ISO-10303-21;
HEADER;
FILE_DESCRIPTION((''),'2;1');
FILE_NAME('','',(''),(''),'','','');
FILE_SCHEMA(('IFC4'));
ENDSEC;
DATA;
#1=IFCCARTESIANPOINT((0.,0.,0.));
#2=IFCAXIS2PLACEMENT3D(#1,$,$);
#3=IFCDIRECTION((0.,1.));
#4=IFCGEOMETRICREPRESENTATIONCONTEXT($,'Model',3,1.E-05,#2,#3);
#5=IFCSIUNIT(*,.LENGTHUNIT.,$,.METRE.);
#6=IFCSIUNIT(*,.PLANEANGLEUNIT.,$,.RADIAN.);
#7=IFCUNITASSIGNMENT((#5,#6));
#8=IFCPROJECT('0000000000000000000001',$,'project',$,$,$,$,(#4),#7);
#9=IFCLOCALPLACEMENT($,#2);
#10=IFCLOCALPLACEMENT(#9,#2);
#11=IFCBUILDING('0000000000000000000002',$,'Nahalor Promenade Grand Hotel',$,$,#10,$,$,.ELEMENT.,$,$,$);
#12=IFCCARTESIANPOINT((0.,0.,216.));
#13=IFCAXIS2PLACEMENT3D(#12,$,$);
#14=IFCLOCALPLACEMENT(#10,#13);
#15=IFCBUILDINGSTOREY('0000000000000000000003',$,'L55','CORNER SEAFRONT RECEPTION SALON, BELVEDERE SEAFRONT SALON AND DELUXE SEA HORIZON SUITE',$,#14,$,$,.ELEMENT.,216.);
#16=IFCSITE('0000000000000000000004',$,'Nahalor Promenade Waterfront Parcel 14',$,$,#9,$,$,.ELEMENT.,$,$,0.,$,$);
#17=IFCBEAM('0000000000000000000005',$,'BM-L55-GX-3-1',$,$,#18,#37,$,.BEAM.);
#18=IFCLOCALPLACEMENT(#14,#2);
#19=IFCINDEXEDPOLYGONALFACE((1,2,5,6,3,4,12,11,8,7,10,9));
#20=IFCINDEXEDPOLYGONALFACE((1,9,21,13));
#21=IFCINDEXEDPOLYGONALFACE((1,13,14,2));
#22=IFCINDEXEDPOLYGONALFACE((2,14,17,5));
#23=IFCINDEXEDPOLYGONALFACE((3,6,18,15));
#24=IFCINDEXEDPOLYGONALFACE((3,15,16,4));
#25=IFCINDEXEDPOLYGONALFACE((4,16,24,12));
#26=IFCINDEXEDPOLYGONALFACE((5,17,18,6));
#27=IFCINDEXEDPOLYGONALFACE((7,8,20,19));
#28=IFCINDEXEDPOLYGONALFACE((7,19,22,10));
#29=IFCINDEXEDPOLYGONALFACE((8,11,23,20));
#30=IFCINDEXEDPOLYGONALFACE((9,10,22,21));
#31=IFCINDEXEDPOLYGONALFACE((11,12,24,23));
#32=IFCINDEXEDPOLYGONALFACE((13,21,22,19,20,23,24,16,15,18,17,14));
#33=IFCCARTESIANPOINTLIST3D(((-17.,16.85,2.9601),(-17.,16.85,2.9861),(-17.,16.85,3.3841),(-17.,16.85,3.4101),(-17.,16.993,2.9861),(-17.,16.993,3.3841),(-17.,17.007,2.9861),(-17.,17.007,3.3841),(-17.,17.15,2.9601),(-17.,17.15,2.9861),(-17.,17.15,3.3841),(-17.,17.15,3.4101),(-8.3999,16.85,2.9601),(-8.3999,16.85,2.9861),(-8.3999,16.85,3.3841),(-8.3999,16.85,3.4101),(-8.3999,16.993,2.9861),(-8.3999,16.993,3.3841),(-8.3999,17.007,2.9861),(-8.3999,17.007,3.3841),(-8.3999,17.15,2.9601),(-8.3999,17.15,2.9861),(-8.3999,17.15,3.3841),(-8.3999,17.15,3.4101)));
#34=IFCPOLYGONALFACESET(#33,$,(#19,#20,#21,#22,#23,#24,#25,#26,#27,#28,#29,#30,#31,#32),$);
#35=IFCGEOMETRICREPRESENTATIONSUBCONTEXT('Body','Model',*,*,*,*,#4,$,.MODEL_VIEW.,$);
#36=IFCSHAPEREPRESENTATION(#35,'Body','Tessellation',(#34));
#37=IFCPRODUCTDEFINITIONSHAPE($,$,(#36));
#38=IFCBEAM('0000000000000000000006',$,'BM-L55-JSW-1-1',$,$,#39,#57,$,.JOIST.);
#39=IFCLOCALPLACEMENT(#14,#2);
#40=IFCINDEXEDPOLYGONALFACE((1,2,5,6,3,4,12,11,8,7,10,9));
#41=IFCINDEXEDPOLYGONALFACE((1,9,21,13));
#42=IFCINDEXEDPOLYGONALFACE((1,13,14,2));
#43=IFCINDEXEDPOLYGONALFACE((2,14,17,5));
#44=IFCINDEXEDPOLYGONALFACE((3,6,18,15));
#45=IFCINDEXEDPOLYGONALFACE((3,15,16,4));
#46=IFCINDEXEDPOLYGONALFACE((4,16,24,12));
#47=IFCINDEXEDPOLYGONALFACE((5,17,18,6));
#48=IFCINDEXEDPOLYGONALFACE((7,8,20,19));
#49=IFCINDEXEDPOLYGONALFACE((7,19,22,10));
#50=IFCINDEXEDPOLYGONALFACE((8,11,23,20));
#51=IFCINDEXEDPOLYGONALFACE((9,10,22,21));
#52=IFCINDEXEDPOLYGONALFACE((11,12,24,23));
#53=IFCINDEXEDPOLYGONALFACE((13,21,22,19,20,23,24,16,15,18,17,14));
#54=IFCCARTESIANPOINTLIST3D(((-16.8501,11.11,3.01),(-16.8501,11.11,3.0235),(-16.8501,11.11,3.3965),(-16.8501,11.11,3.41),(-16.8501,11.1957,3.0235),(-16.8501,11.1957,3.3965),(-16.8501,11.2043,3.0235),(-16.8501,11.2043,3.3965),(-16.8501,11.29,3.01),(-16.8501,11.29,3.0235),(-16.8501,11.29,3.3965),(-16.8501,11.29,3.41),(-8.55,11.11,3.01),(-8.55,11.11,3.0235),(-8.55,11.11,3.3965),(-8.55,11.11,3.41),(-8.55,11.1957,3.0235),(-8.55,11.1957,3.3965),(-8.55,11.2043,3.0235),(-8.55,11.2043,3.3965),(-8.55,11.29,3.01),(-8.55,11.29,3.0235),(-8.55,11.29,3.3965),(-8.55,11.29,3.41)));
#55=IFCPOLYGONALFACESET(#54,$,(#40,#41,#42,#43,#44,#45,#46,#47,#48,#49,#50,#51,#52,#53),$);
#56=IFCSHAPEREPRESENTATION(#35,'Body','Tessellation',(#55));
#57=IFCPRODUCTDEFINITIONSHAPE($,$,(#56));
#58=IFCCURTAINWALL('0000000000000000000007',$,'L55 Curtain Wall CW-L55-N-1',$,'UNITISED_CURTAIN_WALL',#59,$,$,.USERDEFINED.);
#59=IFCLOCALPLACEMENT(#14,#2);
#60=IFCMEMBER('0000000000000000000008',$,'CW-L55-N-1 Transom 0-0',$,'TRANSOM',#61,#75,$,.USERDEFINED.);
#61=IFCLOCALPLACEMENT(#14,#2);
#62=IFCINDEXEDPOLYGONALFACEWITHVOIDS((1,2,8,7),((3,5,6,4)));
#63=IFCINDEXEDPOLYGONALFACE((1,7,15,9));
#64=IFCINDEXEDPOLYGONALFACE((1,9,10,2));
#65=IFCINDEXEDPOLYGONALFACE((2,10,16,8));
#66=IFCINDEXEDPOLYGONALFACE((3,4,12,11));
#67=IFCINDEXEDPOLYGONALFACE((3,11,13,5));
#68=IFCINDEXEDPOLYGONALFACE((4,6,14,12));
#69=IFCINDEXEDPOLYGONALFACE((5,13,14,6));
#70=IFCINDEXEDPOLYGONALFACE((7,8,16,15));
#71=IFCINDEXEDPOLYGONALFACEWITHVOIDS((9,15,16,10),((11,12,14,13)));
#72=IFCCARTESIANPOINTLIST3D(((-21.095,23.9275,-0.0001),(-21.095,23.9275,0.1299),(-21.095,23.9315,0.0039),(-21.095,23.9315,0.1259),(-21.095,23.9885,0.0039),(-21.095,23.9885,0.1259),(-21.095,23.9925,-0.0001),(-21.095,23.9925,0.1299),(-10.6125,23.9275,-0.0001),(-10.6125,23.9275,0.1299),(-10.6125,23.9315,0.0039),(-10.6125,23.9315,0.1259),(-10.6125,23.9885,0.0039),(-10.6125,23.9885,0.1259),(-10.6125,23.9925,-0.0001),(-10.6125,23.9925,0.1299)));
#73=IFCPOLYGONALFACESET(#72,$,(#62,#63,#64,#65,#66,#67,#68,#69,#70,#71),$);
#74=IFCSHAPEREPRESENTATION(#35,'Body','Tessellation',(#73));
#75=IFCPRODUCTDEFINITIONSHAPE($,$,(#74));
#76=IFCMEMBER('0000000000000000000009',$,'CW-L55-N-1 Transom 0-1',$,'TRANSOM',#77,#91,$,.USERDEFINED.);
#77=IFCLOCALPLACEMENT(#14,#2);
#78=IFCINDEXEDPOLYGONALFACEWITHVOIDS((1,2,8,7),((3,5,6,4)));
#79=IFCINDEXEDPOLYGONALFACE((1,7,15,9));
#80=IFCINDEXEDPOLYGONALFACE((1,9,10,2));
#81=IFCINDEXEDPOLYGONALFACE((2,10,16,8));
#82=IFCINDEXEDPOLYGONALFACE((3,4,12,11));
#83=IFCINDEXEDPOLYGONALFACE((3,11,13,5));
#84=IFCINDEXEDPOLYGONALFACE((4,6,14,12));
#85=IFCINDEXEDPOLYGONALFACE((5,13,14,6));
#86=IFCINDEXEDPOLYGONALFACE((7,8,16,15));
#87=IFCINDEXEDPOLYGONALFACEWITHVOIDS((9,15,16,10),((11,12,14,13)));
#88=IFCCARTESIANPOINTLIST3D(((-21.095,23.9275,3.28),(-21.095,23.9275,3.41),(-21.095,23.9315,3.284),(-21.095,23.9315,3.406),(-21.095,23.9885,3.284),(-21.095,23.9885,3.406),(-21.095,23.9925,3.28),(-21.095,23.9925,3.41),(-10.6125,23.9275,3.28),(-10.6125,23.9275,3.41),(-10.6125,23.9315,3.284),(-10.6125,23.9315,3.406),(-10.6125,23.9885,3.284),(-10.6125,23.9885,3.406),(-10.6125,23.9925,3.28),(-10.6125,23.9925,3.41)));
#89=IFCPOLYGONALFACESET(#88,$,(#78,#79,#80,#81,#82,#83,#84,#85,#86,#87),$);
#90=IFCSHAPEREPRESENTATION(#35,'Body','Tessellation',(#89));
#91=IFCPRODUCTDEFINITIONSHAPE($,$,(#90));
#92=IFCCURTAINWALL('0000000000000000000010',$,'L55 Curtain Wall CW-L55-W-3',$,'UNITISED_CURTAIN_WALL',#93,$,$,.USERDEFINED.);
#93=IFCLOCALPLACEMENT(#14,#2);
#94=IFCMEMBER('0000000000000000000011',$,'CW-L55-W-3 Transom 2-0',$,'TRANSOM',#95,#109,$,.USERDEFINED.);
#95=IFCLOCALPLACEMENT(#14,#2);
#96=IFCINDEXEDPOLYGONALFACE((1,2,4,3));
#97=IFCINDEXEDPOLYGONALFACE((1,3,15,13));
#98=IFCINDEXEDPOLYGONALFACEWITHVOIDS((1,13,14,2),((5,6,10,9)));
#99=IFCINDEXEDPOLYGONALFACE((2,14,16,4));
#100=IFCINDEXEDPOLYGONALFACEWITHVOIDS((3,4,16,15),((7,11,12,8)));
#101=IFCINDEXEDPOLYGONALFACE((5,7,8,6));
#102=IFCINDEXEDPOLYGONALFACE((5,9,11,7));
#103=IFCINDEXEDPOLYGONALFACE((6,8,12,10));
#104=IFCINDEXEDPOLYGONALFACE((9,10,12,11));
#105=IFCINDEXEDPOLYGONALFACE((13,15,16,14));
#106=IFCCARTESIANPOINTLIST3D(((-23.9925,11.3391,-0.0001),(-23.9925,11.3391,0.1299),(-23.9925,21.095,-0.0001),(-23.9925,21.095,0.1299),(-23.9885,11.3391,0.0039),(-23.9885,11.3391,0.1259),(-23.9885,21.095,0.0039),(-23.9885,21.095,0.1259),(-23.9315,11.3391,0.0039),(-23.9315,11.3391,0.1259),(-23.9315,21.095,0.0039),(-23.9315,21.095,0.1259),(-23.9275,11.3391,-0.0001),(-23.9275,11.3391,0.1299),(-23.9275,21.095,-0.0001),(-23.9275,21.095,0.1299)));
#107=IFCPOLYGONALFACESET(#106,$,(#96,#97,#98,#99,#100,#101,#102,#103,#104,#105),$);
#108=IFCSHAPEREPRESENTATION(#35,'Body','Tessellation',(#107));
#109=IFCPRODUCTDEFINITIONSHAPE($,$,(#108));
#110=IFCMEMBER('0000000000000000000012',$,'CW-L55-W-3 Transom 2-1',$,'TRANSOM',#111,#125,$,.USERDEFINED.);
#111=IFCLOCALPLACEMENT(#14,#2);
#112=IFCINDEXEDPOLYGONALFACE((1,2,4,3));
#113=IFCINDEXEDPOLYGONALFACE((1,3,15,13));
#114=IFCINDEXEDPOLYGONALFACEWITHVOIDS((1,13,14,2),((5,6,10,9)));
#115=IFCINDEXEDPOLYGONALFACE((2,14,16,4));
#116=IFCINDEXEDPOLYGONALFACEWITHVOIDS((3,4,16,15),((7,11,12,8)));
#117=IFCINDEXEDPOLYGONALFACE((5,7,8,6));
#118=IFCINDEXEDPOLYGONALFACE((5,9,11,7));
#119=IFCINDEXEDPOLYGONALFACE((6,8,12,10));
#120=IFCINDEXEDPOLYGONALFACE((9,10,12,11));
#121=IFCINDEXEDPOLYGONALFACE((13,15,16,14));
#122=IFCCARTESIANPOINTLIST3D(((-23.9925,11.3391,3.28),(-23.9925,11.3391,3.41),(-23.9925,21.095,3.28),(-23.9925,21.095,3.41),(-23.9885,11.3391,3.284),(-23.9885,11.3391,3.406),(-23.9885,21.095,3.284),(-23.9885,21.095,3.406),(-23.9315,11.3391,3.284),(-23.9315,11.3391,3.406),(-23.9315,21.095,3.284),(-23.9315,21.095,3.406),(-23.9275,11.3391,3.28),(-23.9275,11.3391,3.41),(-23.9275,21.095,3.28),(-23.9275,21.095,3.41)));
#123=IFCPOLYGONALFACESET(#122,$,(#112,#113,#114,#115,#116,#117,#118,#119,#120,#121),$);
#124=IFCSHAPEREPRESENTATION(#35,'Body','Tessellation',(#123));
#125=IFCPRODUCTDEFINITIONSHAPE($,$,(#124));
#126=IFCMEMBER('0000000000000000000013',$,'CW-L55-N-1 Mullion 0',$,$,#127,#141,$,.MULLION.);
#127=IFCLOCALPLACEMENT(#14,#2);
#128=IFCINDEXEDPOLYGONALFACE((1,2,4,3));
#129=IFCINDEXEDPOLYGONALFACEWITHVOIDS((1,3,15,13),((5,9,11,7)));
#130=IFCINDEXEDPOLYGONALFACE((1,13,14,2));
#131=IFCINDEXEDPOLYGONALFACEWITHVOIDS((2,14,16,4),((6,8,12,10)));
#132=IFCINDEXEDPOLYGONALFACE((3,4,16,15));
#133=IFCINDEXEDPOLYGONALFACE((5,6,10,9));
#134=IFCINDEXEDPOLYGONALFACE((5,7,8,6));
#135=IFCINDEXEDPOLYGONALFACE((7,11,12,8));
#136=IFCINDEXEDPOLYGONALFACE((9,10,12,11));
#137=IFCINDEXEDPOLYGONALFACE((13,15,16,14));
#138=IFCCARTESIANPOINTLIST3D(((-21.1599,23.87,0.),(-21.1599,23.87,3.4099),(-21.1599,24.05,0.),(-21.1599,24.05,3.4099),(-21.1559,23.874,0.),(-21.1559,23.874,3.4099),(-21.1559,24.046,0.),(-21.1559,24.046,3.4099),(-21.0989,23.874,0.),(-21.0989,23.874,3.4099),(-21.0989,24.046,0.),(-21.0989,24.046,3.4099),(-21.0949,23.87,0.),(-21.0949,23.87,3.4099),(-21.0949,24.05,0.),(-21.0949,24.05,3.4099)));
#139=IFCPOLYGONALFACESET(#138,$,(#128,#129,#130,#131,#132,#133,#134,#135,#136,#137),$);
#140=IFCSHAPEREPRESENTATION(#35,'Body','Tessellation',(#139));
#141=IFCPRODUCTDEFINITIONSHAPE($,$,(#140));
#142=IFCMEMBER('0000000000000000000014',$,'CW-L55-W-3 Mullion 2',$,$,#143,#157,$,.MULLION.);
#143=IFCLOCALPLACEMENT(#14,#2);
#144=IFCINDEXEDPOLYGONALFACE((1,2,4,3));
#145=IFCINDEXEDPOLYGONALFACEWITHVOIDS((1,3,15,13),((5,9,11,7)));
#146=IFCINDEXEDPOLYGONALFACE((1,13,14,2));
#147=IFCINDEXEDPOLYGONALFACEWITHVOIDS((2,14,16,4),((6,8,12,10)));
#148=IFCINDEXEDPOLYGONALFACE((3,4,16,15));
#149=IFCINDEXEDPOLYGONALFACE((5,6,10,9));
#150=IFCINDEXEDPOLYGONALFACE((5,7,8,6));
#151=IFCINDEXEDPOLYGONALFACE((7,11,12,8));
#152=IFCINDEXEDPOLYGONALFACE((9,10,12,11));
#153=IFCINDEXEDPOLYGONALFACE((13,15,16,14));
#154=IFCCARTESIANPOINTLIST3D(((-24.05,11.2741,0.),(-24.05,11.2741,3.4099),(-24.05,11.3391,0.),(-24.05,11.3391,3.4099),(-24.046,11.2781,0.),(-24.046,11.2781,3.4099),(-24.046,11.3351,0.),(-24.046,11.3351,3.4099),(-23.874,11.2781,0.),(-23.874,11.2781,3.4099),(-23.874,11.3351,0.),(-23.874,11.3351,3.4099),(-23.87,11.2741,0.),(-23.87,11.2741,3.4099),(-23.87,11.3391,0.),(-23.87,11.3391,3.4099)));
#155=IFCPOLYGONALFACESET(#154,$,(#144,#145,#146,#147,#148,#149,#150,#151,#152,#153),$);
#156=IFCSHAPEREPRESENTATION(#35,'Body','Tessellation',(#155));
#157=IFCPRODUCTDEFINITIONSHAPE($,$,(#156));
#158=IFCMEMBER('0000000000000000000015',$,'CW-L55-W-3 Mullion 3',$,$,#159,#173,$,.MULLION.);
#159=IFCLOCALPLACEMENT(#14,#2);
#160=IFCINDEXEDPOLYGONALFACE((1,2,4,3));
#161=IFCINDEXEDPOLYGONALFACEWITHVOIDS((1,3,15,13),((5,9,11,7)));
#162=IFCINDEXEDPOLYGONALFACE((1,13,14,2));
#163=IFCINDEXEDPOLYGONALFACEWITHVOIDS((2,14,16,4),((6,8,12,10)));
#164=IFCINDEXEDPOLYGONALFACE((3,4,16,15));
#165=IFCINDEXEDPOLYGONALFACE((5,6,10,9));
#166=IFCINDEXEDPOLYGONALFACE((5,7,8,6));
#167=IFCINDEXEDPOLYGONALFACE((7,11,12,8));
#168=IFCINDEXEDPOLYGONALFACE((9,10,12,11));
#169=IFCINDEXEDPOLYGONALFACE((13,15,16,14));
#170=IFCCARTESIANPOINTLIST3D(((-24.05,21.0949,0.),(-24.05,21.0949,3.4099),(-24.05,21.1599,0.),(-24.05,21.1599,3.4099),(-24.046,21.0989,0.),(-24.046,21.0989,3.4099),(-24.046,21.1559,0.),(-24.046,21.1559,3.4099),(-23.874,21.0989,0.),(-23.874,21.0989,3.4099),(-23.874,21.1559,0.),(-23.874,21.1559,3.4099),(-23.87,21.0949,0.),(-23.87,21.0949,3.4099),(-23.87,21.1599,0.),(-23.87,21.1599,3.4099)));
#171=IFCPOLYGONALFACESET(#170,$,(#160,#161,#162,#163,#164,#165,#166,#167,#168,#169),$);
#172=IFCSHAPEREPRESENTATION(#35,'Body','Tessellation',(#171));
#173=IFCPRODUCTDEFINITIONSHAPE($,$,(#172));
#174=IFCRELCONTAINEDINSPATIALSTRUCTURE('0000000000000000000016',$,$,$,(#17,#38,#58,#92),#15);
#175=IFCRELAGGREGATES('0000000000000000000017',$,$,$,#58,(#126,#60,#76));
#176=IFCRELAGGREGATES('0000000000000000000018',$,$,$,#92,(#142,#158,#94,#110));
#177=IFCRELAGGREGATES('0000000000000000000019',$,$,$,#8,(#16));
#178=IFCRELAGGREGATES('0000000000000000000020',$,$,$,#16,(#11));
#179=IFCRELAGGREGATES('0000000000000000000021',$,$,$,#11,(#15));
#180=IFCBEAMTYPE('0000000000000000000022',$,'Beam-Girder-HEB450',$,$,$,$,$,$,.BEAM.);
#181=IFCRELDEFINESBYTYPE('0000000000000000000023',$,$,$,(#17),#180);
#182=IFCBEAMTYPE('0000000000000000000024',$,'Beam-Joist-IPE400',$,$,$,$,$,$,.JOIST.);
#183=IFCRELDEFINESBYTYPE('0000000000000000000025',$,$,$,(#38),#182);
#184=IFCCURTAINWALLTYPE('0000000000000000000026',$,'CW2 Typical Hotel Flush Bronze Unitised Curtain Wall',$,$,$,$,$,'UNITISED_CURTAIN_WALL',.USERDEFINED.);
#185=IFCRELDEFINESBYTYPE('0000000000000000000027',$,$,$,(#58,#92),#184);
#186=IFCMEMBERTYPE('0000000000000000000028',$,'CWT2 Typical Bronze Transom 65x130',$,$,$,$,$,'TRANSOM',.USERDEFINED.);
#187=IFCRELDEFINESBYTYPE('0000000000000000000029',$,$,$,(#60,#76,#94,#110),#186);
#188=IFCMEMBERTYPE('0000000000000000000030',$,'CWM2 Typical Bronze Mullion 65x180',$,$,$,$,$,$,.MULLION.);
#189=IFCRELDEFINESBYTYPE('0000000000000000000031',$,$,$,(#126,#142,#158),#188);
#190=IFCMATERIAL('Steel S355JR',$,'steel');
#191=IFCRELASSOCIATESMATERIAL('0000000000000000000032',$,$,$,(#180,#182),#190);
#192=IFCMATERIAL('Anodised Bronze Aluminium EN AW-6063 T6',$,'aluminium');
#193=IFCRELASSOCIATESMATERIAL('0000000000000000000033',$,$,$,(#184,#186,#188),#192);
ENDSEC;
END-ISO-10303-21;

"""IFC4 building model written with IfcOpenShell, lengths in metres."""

from ifc_helpers import new_model, si_unit, direction, frame, origin, origin_2d, place, context, subcontext, project, spatial, hollow_rectangle, i_section, extrude, source, transform, mapped, material, material_profile, profile_set, type_object, element, aggregate, save


model = new_model("IFC4")

# Units and contexts
model_context = context("Model", 3, precision=1e-05, world=origin(), true_north=direction((0.0, 1.0)))
body_context = subcontext(model_context, "Body", "Model", "MODEL_VIEW")
ifc_project = project(units=[si_unit("LENGTHUNIT", "METRE"), si_unit("PLANEANGLEUNIT", "RADIAN")], contexts=[model_context])

# Site, building, storey
site_placement = place(None, origin())
site = spatial("IfcSite", under=ifc_project, at=site_placement, Name="Nahalor Promenade Waterfront Parcel 14", CompositionType="ELEMENT", RefElevation=0.0)
building_placement = place(site_placement, origin())
building = spatial("IfcBuilding", under=site, at=building_placement, Name="Nahalor Promenade Grand Hotel", CompositionType="ELEMENT")
storey_placement = place(building_placement, frame((0.0, 0.0, 216.0)))
storey = spatial("IfcBuildingStorey", under=building, at=storey_placement, Name="L55", Description="CORNER SEAFRONT RECEPTION SALON, BELVEDERE SEAFRONT SALON AND DELUXE SEA HORIZON SUITE", CompositionType="ELEMENT", Elevation=216.0)

# Shared definitions
ifc_material_1 = material(Name="Steel S355JR", Category="steel")

# Beams
ifc_material_profile_1 = material_profile(ifc_material_1, i_section(OverallWidth=0.3, OverallDepth=0.45, WebThickness=0.014, FlangeThickness=0.026, at=origin_2d()), Name="HEB 450")
ifc_profile_set_1 = profile_set([ifc_material_profile_1], Name="Steel S355JR")
beam_type_1 = type_object("IfcBeamType", Name="Beam-Girder-HEB450", PredefinedType="BEAM", material=ifc_profile_set_1)
shared_shape_1 = source(origin(), body_context, "Body", "SweptSolid", [
    extrude(i_section(OverallWidth=0.3, OverallDepth=0.45, WebThickness=0.014, FlangeThickness=0.026, at=origin_2d()), origin(), (0.0, 0.0, 1.0), 8.6001),
])
beam_1_placement = place(storey_placement, frame((-17.0, 17.0, 3.1851), z_axis=(1.0, 0.0, 0.0), x_axis=(0.0, 1.0, 0.0)))
element("IfcBeam", 1, at=beam_1_placement, inside=storey, type_object=beam_type_1, Name="BM-L55-GX-3-1", PredefinedType="BEAM", context=body_context, shape_type="MappedRepresentation", body=[
    mapped(shared_shape_1, transform((0.0, 0.0, 0.0), scale=1.0)),
])
ifc_material_profile_2 = material_profile(ifc_material_1, i_section(OverallWidth=0.18, OverallDepth=0.4, WebThickness=0.0086, FlangeThickness=0.0135, at=origin_2d()), Name="IPE 400")
ifc_profile_set_2 = profile_set([ifc_material_profile_2], Name="Steel S355JR")
beam_type_2 = type_object("IfcBeamType", Name="Beam-Joist-IPE400", PredefinedType="JOIST", material=ifc_profile_set_2)
shared_shape_2 = source(origin(), body_context, "Body", "SweptSolid", [
    extrude(i_section(OverallWidth=0.18, OverallDepth=0.4, WebThickness=0.0086, FlangeThickness=0.0135, at=origin_2d()), origin(), (0.0, 0.0, 1.0), 8.3),
])
beam_2_placement = place(storey_placement, frame((-16.8501, 11.2, 3.21), z_axis=(1.0, 0.0, 0.0), x_axis=(0.0, 1.0, 0.0)))
element("IfcBeam", 2, at=beam_2_placement, inside=storey, type_object=beam_type_2, Name="BM-L55-JSW-1-1", PredefinedType="JOIST", context=body_context, shape_type="MappedRepresentation", body=[
    mapped(shared_shape_2, transform((0.0, 0.0, 0.0), scale=1.0)),
])

# Curtain walls, members
ifc_material_2 = material(Name="Anodised Bronze Aluminium EN AW-6063 T6", Category="aluminium")
curtain_wall_type = type_object("IfcCurtainWallType", Name="CW2 Typical Hotel Flush Bronze Unitised Curtain Wall", ElementType="UNITISED_CURTAIN_WALL", PredefinedType="USERDEFINED", material=ifc_material_2)
curtain_wall_1_placement = place(storey_placement, origin())
curtain_wall_1 = element("IfcCurtainWall", 3, at=curtain_wall_1_placement, inside=storey, type_object=curtain_wall_type, Name="L55 Curtain Wall CW-L55-N-1", ObjectType="UNITISED_CURTAIN_WALL", PredefinedType="USERDEFINED")
ifc_material_profile_3 = material_profile(ifc_material_2, hollow_rectangle(XDim=0.065, YDim=0.13, WallThickness=0.004, at=origin_2d()), Name="CWT 65x130x4")
ifc_profile_set_3 = profile_set([ifc_material_profile_3], Name="Anodised Bronze Aluminium EN AW-6063 T6")
member_type_1 = type_object("IfcMemberType", Name="CWT2 Typical Bronze Transom 65x130", ElementType="TRANSOM", PredefinedType="USERDEFINED", material=ifc_profile_set_3)
shared_shape_3 = source(origin(), body_context, "Body", "SweptSolid", [
    extrude(hollow_rectangle(XDim=0.065, YDim=0.13, WallThickness=0.004, at=origin_2d()), origin(), (0.0, 0.0, 1.0), 10.4824),
])
member_1_placement = place(storey_placement, frame((-21.095, 23.96, 0.0649), z_axis=(1.0, 0.0, 0.0), x_axis=(0.0, 1.0, 0.0)))
member_1 = element("IfcMember", 4, at=member_1_placement, type_object=member_type_1, Name="CW-L55-N-1 Transom 0-0", ObjectType="TRANSOM", PredefinedType="USERDEFINED", context=body_context, shape_type="MappedRepresentation", body=[
    mapped(shared_shape_3, transform((0.0, 0.0, 0.0), scale=1.0)),
])
member_2_placement = place(storey_placement, frame((-21.095, 23.96, 3.345), z_axis=(1.0, 0.0, 0.0), x_axis=(0.0, 1.0, 0.0)))
member_2 = element("IfcMember", 5, at=member_2_placement, type_object=member_type_1, Name="CW-L55-N-1 Transom 0-1", ObjectType="TRANSOM", PredefinedType="USERDEFINED", context=body_context, shape_type="MappedRepresentation", body=[
    mapped(shared_shape_3, transform((0.0, 0.0, 0.0), scale=1.0)),
])
curtain_wall_2_placement = place(storey_placement, origin())
curtain_wall_2 = element("IfcCurtainWall", 6, at=curtain_wall_2_placement, inside=storey, type_object=curtain_wall_type, Name="L55 Curtain Wall CW-L55-W-3", ObjectType="UNITISED_CURTAIN_WALL", PredefinedType="USERDEFINED")
shared_shape_4 = source(origin(), body_context, "Body", "SweptSolid", [
    extrude(hollow_rectangle(XDim=0.065, YDim=0.13, WallThickness=0.004, at=origin_2d()), origin(), (0.0, 0.0, 1.0), 9.7559),
])
member_3_placement = place(storey_placement, frame((-23.96, 11.3391, 0.0649), z_axis=(0.0, 1.0, 0.0), x_axis=(-1.0, 0.0, 0.0)))
member_3 = element("IfcMember", 7, at=member_3_placement, type_object=member_type_1, Name="CW-L55-W-3 Transom 2-0", ObjectType="TRANSOM", PredefinedType="USERDEFINED", context=body_context, shape_type="MappedRepresentation", body=[
    mapped(shared_shape_4, transform((0.0, 0.0, 0.0), scale=1.0)),
])
member_4_placement = place(storey_placement, frame((-23.96, 11.3391, 3.345), z_axis=(0.0, 1.0, 0.0), x_axis=(-1.0, 0.0, 0.0)))
member_4 = element("IfcMember", 8, at=member_4_placement, type_object=member_type_1, Name="CW-L55-W-3 Transom 2-1", ObjectType="TRANSOM", PredefinedType="USERDEFINED", context=body_context, shape_type="MappedRepresentation", body=[
    mapped(shared_shape_4, transform((0.0, 0.0, 0.0), scale=1.0)),
])

# Members
ifc_material_profile_4 = material_profile(ifc_material_2, hollow_rectangle(XDim=0.065, YDim=0.18, WallThickness=0.004, at=origin_2d()), Name="CWM 65x180x4")
ifc_profile_set_4 = profile_set([ifc_material_profile_4], Name="Anodised Bronze Aluminium EN AW-6063 T6")
member_type_2 = type_object("IfcMemberType", Name="CWM2 Typical Bronze Mullion 65x180", PredefinedType="MULLION", material=ifc_profile_set_4)
shared_shape_5 = source(origin(), body_context, "Body", "SweptSolid", [
    extrude(hollow_rectangle(XDim=0.065, YDim=0.18, WallThickness=0.004, at=origin_2d()), origin(), (0.0, 0.0, 1.0), 3.4099),
])
member_5_placement = place(storey_placement, frame((-21.1274, 23.96, 0.0), z_axis=(0.0, 0.0, 1.0), x_axis=(1.0, 0.0, 0.0)))
member_5 = element("IfcMember", 9, at=member_5_placement, type_object=member_type_2, Name="CW-L55-N-1 Mullion 0", PredefinedType="MULLION", context=body_context, shape_type="MappedRepresentation", body=[
    mapped(shared_shape_5, transform((0.0, 0.0, 0.0), scale=1.0)),
])
aggregate(curtain_wall_1, [member_5, member_1, member_2])
member_6_placement = place(storey_placement, frame((-23.96, 11.3066, 0.0), z_axis=(0.0, 0.0, 1.0), x_axis=(0.0, 1.0, 0.0)))
member_6 = element("IfcMember", 10, at=member_6_placement, type_object=member_type_2, Name="CW-L55-W-3 Mullion 2", PredefinedType="MULLION", context=body_context, shape_type="MappedRepresentation", body=[
    mapped(shared_shape_5, transform((0.0, 0.0, 0.0), scale=1.0)),
])
member_7_placement = place(storey_placement, frame((-23.96, 21.1274, 0.0), z_axis=(0.0, 0.0, 1.0), x_axis=(0.0, 1.0, 0.0)))
member_7 = element("IfcMember", 11, at=member_7_placement, type_object=member_type_2, Name="CW-L55-W-3 Mullion 3", PredefinedType="MULLION", context=body_context, shape_type="MappedRepresentation", body=[
    mapped(shared_shape_5, transform((0.0, 0.0, 0.0), scale=1.0)),
])

aggregate(curtain_wall_2, [member_6, member_7, member_3, member_4])

save(model, "model.ifc")
